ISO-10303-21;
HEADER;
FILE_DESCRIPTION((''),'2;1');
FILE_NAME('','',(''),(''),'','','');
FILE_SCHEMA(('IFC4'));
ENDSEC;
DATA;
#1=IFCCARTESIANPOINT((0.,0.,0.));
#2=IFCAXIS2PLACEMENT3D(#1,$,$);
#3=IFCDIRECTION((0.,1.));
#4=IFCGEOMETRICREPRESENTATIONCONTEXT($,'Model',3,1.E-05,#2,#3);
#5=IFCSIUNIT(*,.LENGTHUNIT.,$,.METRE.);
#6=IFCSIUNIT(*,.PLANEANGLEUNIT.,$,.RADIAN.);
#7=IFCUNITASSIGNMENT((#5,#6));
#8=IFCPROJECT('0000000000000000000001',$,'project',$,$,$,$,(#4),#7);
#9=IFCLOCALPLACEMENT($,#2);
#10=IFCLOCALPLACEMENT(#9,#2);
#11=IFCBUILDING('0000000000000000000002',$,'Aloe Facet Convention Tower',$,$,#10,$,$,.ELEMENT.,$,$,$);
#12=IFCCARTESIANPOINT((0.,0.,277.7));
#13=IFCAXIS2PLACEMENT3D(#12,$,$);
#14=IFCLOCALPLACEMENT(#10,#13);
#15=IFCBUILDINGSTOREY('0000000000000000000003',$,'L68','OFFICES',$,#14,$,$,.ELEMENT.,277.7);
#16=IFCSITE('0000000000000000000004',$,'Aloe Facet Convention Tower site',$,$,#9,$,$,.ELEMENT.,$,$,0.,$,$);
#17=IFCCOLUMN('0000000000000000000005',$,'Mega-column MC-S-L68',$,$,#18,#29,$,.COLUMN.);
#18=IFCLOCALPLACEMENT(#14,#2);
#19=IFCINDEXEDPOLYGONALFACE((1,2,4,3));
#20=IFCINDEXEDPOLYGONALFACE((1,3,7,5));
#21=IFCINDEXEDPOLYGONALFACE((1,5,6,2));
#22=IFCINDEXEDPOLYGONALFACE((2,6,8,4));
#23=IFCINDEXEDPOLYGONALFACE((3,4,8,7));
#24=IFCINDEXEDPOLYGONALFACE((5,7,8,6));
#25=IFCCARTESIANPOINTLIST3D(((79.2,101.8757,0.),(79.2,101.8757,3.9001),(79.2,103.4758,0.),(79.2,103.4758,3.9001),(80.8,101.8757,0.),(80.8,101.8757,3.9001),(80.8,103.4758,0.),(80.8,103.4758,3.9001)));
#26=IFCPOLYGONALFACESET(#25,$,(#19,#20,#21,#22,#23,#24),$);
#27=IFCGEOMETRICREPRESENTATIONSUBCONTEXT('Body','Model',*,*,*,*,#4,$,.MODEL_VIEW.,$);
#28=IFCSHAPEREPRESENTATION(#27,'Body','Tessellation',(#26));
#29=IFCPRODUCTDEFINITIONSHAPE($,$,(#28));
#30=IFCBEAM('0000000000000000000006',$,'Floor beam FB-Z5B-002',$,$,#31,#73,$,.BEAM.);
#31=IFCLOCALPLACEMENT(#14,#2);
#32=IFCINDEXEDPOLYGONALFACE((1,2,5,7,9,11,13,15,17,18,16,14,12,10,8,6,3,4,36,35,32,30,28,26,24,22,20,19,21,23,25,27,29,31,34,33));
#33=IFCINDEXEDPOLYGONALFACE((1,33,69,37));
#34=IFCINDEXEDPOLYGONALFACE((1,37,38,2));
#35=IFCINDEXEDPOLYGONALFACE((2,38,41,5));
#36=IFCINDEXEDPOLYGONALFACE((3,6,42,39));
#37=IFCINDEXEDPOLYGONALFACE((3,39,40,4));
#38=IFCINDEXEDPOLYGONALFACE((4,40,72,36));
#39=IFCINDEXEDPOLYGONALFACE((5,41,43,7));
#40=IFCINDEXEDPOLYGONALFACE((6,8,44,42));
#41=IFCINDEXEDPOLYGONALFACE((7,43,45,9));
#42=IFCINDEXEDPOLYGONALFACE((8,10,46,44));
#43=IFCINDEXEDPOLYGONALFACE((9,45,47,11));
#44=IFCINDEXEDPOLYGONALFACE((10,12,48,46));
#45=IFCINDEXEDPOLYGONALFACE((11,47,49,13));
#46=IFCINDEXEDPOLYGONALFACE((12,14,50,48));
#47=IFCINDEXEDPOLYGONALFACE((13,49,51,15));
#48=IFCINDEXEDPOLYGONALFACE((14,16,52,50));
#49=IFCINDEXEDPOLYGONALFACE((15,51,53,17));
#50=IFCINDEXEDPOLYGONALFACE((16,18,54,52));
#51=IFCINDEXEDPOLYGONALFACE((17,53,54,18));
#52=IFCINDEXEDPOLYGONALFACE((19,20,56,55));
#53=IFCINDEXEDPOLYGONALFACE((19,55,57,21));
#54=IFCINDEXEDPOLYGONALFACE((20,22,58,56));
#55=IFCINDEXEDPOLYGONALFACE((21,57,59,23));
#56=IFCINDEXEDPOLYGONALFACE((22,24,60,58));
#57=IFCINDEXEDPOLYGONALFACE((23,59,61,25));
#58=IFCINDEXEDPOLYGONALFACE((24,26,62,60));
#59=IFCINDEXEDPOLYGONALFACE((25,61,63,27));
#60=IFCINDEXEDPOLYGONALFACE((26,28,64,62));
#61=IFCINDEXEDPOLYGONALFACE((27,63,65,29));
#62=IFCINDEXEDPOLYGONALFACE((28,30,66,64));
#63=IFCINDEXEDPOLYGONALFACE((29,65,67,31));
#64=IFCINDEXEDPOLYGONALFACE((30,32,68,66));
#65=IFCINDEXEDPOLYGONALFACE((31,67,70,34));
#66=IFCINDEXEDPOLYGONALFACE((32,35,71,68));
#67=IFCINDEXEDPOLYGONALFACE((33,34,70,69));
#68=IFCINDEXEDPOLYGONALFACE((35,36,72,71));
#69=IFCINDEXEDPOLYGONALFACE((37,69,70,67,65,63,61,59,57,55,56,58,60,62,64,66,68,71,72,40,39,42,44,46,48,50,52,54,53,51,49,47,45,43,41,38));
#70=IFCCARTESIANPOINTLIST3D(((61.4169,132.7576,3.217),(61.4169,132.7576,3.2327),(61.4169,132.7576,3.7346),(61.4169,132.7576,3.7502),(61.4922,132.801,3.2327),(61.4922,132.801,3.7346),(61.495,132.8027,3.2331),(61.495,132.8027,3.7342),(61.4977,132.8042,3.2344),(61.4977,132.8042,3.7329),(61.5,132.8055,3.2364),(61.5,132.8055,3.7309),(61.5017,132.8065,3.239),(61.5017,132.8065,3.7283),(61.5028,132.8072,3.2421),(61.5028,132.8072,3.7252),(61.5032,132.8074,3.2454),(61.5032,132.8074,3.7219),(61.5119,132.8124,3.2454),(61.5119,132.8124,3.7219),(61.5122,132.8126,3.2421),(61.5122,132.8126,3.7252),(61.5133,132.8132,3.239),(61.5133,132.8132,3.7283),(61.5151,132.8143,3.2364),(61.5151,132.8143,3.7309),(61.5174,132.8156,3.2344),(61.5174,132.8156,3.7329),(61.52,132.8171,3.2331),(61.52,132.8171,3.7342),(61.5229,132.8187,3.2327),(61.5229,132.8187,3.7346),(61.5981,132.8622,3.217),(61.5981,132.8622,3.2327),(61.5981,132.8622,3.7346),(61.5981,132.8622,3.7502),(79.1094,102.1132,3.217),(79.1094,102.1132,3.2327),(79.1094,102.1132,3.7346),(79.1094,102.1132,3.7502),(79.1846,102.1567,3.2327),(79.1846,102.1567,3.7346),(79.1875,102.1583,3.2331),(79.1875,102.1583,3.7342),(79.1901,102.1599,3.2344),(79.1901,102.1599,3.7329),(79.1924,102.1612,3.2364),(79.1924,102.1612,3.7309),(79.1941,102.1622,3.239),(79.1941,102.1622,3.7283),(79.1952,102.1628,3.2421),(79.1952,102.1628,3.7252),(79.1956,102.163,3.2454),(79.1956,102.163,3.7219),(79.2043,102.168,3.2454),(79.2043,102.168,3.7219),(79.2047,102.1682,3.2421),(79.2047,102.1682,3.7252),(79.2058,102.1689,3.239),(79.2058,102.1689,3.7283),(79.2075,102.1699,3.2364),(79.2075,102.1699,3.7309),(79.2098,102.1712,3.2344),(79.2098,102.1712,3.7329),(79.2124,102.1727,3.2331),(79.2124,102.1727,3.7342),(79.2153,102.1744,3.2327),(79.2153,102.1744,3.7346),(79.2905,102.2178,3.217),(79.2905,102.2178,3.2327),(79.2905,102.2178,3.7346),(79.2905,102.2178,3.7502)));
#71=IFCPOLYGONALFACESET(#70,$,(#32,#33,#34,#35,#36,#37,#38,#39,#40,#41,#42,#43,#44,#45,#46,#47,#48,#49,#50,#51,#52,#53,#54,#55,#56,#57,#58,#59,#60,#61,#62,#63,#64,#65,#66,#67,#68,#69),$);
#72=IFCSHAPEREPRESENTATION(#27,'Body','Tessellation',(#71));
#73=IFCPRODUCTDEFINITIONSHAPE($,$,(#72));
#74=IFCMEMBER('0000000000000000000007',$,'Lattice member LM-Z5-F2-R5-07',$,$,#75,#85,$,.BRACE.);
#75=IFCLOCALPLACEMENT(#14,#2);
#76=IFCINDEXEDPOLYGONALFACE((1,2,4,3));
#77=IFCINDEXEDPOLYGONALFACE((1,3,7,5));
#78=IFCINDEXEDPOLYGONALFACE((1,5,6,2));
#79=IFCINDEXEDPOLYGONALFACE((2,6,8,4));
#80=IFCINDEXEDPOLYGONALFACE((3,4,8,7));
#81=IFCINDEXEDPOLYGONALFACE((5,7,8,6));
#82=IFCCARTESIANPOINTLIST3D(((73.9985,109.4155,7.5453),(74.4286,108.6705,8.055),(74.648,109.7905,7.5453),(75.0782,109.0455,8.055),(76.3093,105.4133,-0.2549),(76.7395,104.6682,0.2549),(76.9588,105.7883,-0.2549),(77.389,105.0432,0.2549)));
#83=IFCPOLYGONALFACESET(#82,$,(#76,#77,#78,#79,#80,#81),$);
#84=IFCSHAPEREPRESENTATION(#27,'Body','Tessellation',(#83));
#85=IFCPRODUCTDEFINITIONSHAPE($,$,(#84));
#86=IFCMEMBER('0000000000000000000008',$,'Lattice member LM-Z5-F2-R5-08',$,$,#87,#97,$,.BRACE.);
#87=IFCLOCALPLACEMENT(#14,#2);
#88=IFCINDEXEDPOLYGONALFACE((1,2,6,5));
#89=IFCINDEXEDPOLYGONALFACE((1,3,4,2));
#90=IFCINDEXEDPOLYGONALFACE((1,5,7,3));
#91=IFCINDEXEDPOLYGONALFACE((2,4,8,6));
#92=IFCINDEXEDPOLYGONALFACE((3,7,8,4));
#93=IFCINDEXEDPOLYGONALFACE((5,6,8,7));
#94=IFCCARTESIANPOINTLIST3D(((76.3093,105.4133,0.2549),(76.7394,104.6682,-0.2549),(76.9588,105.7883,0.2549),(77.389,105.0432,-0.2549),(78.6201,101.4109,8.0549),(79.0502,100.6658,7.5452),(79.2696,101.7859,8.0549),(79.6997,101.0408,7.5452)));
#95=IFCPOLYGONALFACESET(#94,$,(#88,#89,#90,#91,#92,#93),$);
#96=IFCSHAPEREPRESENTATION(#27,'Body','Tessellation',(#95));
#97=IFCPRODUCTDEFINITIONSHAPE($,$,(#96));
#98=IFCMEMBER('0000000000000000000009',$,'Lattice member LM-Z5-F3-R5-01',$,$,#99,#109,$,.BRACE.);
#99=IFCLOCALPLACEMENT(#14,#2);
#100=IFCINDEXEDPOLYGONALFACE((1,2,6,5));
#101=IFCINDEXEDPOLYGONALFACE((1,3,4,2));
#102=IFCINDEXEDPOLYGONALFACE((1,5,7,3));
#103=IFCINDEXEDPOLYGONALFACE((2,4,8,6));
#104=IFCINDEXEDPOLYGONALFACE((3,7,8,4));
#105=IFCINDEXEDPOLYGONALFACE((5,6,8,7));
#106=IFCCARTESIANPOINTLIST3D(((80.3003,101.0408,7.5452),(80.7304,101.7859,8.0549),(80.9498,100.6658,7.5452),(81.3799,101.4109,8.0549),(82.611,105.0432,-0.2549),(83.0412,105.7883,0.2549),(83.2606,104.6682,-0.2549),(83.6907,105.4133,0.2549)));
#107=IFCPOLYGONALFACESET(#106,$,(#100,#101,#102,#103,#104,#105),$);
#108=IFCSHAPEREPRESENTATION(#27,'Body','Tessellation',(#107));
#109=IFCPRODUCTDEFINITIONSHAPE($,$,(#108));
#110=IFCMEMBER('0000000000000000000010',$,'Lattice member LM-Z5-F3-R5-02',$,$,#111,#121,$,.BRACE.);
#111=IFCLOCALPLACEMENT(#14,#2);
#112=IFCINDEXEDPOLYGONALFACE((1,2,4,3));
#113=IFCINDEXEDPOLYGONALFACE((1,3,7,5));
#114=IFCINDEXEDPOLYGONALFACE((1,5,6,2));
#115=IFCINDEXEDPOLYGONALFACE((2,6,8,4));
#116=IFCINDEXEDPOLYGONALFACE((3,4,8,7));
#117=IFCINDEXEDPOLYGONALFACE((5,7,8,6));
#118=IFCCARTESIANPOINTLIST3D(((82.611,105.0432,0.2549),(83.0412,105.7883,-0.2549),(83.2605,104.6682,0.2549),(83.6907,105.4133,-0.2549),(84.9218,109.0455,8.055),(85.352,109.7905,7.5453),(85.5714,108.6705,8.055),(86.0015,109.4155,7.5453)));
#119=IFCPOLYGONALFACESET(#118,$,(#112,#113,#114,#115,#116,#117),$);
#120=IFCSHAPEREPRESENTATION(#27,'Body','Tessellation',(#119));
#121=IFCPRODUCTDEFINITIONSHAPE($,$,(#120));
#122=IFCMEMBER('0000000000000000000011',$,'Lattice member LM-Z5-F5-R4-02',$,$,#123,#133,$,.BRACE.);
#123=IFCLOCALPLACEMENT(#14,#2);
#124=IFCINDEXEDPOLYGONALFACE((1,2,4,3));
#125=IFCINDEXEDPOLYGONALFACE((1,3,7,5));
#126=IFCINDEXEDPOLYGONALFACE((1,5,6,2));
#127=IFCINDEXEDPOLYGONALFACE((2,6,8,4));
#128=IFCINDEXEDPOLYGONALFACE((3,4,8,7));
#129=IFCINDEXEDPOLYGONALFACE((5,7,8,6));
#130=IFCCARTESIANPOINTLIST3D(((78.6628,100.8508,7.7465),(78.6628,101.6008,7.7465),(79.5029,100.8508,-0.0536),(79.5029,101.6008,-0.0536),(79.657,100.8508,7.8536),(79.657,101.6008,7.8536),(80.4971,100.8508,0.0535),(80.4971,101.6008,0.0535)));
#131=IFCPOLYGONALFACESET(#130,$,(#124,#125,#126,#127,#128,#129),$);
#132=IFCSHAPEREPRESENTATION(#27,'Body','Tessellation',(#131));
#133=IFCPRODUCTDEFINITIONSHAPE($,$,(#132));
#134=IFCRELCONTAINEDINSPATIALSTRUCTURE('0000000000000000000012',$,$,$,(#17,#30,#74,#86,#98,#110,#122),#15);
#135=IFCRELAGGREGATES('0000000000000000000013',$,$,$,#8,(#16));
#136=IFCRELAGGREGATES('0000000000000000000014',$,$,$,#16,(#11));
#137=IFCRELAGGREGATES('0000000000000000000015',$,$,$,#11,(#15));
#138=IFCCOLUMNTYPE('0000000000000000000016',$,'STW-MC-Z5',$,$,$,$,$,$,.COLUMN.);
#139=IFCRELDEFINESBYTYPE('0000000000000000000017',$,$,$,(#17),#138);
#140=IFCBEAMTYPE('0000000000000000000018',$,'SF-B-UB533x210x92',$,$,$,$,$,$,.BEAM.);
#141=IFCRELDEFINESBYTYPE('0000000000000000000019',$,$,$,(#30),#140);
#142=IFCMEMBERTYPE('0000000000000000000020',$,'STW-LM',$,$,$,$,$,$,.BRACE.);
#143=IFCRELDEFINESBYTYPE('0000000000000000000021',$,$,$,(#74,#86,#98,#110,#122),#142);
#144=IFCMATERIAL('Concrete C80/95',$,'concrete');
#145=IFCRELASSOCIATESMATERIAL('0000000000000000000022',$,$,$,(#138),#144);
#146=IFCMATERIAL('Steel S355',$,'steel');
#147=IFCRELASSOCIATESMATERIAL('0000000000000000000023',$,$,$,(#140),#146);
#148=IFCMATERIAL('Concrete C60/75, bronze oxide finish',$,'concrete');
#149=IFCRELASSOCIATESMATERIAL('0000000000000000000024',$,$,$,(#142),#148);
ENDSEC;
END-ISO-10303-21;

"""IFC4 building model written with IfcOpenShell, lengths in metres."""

from ifc_helpers import new_model, si_unit, direction, frame, origin, origin_2d, place, context, subcontext, project, spatial, rectangle, i_section, extrude, material, material_profile, profile_set, type_object, element, save


model = new_model("IFC4")

# Units and contexts
model_context = context("Model", 3, precision=1e-05, world=origin(), true_north=direction((0.0, 1.0)))
body_context = subcontext(model_context, "Body", "Model", "MODEL_VIEW")
ifc_project = project(units=[si_unit("LENGTHUNIT", "METRE"), si_unit("PLANEANGLEUNIT", "RADIAN")], contexts=[model_context])

# Site, building, storey
site_placement = place(None, origin())
site = spatial("IfcSite", under=ifc_project, at=site_placement, Name="Aloe Facet Convention Tower site", CompositionType="ELEMENT", RefElevation=0.0)
building_placement = place(site_placement, origin())
building = spatial("IfcBuilding", under=site, at=building_placement, Name="Aloe Facet Convention Tower", CompositionType="ELEMENT")
storey_placement = place(building_placement, frame((0.0, 0.0, 277.7)))
storey = spatial("IfcBuildingStorey", under=building, at=storey_placement, Name="L68", Description="OFFICES", CompositionType="ELEMENT", Elevation=277.7)

# Column
ifc_material_1 = material(Name="Concrete C80/95", Category="concrete")
ifc_material_profile_1 = material_profile(ifc_material_1, rectangle(XDim=1.6001, YDim=1.6001, at=origin_2d()), Name="STW-MC-Z5")
ifc_profile_set_1 = profile_set([ifc_material_profile_1], Name="Concrete C80/95")
column_type = type_object("IfcColumnType", Name="STW-MC-Z5", PredefinedType="COLUMN", material=ifc_profile_set_1)
column_placement = place(storey_placement, frame((80.0, 102.6758, 0.0), z_axis=(0.0, 0.0, 1.0), x_axis=(1.0, 0.0, 0.0)))
element("IfcColumn", 1, at=column_placement, inside=storey, type_object=column_type, Name="Mega-column MC-S-L68", PredefinedType="COLUMN", context=body_context, shape_type="SweptSolid", body=[
    extrude(rectangle(XDim=1.6001, YDim=1.6001, at=origin_2d()), origin(), (0.0, 0.0, 1.0), 3.9001),
])

# Beam
ifc_material_2 = material(Name="Steel S355", Category="steel")
ifc_material_profile_2 = material_profile(ifc_material_2, i_section(OverallWidth=0.2092, OverallDepth=0.5332, WebThickness=0.01, FlangeThickness=0.0156, FilletRadius=0.0127, at=origin_2d()), Name="UB 533x210x92")
ifc_profile_set_2 = profile_set([ifc_material_profile_2], Name="Steel S355")
beam_type = type_object("IfcBeamType", Name="SF-B-UB533x210x92", PredefinedType="BEAM", material=ifc_profile_set_2)
beam_placement = place(storey_placement, frame((79.2, 102.1655, 3.4836), z_axis=(-0.499998, 0.866027, 0.0), x_axis=(-0.866027, -0.499998, 0.0)))
element("IfcBeam", 2, at=beam_placement, inside=storey, type_object=beam_type, Name="Floor beam FB-Z5B-002", PredefinedType="BEAM", context=body_context, shape_type="SweptSolid", body=[
    extrude(i_section(OverallWidth=0.2092, OverallDepth=0.5332, WebThickness=0.01, FlangeThickness=0.0156, FilletRadius=0.0127, at=origin_2d()), origin(), (0.0, 0.0, 1.0), 35.385),
])

# Members
ifc_material_3 = material(Name="Concrete C60/75, bronze oxide finish", Category="concrete")
ifc_material_profile_3 = material_profile(ifc_material_3, rectangle(XDim=0.75, YDim=1.0, at=origin_2d()), Name="STW-LM")
ifc_profile_set_3 = profile_set([ifc_material_profile_3], Name="Concrete C60/75, bronze oxide finish")
member_type = type_object("IfcMemberType", Name="STW-LM", PredefinedType="BRACE", material=ifc_profile_set_3)
for number, where, z_axis, x_axis, name in (
    (3, (76.8491, 105.2283, 0.0), (-0.254876, 0.441436, 0.860333), (-0.866014, -0.50002, 0.0), "Lattice member LM-Z5-F2-R5-07"),
    (4, (76.8491, 105.2283, 0.0), (0.254873, -0.441458, 0.860322), (0.866027, 0.499997, 0.0), "Lattice member LM-Z5-F2-R5-08"),
    (5, (83.1509, 105.2283, 0.0), (-0.254873, -0.441458, 0.860322), (0.866027, -0.499997, 0.0), "Lattice member LM-Z5-F3-R5-01"),
    (6, (83.1509, 105.2283, 0.0), (0.254876, 0.441436, 0.860333), (-0.866014, 0.50002, 0.0), "Lattice member LM-Z5-F3-R5-02"),
):
    element("IfcMember", number, at=place(storey_placement, frame(where, z_axis=z_axis, x_axis=x_axis)), inside=storey, type_object=member_type, Name=name, PredefinedType="BRACE", context=body_context, shape_type="SweptSolid", body=[
        extrude(rectangle(XDim=0.75, YDim=1.0, at=origin_2d()), origin(), (0.0, 0.0, 1.0), 9.0664),
    ])
member_placement = place(storey_placement, frame((79.1599, 101.2258, 7.8), z_axis=(0.107084, 0.0, -0.99425), x_axis=(0.0, 1.0, 0.0)))
element("IfcMember", 7, at=member_placement, inside=storey, type_object=member_type, Name="Lattice member LM-Z5-F5-R4-02", PredefinedType="BRACE", context=body_context, shape_type="SweptSolid", body=[
    extrude(rectangle(XDim=0.75, YDim=1.0, at=origin_2d()), origin(), (0.0, 0.0, 1.0), 7.8452),
])

save(model, "model.ifc")
